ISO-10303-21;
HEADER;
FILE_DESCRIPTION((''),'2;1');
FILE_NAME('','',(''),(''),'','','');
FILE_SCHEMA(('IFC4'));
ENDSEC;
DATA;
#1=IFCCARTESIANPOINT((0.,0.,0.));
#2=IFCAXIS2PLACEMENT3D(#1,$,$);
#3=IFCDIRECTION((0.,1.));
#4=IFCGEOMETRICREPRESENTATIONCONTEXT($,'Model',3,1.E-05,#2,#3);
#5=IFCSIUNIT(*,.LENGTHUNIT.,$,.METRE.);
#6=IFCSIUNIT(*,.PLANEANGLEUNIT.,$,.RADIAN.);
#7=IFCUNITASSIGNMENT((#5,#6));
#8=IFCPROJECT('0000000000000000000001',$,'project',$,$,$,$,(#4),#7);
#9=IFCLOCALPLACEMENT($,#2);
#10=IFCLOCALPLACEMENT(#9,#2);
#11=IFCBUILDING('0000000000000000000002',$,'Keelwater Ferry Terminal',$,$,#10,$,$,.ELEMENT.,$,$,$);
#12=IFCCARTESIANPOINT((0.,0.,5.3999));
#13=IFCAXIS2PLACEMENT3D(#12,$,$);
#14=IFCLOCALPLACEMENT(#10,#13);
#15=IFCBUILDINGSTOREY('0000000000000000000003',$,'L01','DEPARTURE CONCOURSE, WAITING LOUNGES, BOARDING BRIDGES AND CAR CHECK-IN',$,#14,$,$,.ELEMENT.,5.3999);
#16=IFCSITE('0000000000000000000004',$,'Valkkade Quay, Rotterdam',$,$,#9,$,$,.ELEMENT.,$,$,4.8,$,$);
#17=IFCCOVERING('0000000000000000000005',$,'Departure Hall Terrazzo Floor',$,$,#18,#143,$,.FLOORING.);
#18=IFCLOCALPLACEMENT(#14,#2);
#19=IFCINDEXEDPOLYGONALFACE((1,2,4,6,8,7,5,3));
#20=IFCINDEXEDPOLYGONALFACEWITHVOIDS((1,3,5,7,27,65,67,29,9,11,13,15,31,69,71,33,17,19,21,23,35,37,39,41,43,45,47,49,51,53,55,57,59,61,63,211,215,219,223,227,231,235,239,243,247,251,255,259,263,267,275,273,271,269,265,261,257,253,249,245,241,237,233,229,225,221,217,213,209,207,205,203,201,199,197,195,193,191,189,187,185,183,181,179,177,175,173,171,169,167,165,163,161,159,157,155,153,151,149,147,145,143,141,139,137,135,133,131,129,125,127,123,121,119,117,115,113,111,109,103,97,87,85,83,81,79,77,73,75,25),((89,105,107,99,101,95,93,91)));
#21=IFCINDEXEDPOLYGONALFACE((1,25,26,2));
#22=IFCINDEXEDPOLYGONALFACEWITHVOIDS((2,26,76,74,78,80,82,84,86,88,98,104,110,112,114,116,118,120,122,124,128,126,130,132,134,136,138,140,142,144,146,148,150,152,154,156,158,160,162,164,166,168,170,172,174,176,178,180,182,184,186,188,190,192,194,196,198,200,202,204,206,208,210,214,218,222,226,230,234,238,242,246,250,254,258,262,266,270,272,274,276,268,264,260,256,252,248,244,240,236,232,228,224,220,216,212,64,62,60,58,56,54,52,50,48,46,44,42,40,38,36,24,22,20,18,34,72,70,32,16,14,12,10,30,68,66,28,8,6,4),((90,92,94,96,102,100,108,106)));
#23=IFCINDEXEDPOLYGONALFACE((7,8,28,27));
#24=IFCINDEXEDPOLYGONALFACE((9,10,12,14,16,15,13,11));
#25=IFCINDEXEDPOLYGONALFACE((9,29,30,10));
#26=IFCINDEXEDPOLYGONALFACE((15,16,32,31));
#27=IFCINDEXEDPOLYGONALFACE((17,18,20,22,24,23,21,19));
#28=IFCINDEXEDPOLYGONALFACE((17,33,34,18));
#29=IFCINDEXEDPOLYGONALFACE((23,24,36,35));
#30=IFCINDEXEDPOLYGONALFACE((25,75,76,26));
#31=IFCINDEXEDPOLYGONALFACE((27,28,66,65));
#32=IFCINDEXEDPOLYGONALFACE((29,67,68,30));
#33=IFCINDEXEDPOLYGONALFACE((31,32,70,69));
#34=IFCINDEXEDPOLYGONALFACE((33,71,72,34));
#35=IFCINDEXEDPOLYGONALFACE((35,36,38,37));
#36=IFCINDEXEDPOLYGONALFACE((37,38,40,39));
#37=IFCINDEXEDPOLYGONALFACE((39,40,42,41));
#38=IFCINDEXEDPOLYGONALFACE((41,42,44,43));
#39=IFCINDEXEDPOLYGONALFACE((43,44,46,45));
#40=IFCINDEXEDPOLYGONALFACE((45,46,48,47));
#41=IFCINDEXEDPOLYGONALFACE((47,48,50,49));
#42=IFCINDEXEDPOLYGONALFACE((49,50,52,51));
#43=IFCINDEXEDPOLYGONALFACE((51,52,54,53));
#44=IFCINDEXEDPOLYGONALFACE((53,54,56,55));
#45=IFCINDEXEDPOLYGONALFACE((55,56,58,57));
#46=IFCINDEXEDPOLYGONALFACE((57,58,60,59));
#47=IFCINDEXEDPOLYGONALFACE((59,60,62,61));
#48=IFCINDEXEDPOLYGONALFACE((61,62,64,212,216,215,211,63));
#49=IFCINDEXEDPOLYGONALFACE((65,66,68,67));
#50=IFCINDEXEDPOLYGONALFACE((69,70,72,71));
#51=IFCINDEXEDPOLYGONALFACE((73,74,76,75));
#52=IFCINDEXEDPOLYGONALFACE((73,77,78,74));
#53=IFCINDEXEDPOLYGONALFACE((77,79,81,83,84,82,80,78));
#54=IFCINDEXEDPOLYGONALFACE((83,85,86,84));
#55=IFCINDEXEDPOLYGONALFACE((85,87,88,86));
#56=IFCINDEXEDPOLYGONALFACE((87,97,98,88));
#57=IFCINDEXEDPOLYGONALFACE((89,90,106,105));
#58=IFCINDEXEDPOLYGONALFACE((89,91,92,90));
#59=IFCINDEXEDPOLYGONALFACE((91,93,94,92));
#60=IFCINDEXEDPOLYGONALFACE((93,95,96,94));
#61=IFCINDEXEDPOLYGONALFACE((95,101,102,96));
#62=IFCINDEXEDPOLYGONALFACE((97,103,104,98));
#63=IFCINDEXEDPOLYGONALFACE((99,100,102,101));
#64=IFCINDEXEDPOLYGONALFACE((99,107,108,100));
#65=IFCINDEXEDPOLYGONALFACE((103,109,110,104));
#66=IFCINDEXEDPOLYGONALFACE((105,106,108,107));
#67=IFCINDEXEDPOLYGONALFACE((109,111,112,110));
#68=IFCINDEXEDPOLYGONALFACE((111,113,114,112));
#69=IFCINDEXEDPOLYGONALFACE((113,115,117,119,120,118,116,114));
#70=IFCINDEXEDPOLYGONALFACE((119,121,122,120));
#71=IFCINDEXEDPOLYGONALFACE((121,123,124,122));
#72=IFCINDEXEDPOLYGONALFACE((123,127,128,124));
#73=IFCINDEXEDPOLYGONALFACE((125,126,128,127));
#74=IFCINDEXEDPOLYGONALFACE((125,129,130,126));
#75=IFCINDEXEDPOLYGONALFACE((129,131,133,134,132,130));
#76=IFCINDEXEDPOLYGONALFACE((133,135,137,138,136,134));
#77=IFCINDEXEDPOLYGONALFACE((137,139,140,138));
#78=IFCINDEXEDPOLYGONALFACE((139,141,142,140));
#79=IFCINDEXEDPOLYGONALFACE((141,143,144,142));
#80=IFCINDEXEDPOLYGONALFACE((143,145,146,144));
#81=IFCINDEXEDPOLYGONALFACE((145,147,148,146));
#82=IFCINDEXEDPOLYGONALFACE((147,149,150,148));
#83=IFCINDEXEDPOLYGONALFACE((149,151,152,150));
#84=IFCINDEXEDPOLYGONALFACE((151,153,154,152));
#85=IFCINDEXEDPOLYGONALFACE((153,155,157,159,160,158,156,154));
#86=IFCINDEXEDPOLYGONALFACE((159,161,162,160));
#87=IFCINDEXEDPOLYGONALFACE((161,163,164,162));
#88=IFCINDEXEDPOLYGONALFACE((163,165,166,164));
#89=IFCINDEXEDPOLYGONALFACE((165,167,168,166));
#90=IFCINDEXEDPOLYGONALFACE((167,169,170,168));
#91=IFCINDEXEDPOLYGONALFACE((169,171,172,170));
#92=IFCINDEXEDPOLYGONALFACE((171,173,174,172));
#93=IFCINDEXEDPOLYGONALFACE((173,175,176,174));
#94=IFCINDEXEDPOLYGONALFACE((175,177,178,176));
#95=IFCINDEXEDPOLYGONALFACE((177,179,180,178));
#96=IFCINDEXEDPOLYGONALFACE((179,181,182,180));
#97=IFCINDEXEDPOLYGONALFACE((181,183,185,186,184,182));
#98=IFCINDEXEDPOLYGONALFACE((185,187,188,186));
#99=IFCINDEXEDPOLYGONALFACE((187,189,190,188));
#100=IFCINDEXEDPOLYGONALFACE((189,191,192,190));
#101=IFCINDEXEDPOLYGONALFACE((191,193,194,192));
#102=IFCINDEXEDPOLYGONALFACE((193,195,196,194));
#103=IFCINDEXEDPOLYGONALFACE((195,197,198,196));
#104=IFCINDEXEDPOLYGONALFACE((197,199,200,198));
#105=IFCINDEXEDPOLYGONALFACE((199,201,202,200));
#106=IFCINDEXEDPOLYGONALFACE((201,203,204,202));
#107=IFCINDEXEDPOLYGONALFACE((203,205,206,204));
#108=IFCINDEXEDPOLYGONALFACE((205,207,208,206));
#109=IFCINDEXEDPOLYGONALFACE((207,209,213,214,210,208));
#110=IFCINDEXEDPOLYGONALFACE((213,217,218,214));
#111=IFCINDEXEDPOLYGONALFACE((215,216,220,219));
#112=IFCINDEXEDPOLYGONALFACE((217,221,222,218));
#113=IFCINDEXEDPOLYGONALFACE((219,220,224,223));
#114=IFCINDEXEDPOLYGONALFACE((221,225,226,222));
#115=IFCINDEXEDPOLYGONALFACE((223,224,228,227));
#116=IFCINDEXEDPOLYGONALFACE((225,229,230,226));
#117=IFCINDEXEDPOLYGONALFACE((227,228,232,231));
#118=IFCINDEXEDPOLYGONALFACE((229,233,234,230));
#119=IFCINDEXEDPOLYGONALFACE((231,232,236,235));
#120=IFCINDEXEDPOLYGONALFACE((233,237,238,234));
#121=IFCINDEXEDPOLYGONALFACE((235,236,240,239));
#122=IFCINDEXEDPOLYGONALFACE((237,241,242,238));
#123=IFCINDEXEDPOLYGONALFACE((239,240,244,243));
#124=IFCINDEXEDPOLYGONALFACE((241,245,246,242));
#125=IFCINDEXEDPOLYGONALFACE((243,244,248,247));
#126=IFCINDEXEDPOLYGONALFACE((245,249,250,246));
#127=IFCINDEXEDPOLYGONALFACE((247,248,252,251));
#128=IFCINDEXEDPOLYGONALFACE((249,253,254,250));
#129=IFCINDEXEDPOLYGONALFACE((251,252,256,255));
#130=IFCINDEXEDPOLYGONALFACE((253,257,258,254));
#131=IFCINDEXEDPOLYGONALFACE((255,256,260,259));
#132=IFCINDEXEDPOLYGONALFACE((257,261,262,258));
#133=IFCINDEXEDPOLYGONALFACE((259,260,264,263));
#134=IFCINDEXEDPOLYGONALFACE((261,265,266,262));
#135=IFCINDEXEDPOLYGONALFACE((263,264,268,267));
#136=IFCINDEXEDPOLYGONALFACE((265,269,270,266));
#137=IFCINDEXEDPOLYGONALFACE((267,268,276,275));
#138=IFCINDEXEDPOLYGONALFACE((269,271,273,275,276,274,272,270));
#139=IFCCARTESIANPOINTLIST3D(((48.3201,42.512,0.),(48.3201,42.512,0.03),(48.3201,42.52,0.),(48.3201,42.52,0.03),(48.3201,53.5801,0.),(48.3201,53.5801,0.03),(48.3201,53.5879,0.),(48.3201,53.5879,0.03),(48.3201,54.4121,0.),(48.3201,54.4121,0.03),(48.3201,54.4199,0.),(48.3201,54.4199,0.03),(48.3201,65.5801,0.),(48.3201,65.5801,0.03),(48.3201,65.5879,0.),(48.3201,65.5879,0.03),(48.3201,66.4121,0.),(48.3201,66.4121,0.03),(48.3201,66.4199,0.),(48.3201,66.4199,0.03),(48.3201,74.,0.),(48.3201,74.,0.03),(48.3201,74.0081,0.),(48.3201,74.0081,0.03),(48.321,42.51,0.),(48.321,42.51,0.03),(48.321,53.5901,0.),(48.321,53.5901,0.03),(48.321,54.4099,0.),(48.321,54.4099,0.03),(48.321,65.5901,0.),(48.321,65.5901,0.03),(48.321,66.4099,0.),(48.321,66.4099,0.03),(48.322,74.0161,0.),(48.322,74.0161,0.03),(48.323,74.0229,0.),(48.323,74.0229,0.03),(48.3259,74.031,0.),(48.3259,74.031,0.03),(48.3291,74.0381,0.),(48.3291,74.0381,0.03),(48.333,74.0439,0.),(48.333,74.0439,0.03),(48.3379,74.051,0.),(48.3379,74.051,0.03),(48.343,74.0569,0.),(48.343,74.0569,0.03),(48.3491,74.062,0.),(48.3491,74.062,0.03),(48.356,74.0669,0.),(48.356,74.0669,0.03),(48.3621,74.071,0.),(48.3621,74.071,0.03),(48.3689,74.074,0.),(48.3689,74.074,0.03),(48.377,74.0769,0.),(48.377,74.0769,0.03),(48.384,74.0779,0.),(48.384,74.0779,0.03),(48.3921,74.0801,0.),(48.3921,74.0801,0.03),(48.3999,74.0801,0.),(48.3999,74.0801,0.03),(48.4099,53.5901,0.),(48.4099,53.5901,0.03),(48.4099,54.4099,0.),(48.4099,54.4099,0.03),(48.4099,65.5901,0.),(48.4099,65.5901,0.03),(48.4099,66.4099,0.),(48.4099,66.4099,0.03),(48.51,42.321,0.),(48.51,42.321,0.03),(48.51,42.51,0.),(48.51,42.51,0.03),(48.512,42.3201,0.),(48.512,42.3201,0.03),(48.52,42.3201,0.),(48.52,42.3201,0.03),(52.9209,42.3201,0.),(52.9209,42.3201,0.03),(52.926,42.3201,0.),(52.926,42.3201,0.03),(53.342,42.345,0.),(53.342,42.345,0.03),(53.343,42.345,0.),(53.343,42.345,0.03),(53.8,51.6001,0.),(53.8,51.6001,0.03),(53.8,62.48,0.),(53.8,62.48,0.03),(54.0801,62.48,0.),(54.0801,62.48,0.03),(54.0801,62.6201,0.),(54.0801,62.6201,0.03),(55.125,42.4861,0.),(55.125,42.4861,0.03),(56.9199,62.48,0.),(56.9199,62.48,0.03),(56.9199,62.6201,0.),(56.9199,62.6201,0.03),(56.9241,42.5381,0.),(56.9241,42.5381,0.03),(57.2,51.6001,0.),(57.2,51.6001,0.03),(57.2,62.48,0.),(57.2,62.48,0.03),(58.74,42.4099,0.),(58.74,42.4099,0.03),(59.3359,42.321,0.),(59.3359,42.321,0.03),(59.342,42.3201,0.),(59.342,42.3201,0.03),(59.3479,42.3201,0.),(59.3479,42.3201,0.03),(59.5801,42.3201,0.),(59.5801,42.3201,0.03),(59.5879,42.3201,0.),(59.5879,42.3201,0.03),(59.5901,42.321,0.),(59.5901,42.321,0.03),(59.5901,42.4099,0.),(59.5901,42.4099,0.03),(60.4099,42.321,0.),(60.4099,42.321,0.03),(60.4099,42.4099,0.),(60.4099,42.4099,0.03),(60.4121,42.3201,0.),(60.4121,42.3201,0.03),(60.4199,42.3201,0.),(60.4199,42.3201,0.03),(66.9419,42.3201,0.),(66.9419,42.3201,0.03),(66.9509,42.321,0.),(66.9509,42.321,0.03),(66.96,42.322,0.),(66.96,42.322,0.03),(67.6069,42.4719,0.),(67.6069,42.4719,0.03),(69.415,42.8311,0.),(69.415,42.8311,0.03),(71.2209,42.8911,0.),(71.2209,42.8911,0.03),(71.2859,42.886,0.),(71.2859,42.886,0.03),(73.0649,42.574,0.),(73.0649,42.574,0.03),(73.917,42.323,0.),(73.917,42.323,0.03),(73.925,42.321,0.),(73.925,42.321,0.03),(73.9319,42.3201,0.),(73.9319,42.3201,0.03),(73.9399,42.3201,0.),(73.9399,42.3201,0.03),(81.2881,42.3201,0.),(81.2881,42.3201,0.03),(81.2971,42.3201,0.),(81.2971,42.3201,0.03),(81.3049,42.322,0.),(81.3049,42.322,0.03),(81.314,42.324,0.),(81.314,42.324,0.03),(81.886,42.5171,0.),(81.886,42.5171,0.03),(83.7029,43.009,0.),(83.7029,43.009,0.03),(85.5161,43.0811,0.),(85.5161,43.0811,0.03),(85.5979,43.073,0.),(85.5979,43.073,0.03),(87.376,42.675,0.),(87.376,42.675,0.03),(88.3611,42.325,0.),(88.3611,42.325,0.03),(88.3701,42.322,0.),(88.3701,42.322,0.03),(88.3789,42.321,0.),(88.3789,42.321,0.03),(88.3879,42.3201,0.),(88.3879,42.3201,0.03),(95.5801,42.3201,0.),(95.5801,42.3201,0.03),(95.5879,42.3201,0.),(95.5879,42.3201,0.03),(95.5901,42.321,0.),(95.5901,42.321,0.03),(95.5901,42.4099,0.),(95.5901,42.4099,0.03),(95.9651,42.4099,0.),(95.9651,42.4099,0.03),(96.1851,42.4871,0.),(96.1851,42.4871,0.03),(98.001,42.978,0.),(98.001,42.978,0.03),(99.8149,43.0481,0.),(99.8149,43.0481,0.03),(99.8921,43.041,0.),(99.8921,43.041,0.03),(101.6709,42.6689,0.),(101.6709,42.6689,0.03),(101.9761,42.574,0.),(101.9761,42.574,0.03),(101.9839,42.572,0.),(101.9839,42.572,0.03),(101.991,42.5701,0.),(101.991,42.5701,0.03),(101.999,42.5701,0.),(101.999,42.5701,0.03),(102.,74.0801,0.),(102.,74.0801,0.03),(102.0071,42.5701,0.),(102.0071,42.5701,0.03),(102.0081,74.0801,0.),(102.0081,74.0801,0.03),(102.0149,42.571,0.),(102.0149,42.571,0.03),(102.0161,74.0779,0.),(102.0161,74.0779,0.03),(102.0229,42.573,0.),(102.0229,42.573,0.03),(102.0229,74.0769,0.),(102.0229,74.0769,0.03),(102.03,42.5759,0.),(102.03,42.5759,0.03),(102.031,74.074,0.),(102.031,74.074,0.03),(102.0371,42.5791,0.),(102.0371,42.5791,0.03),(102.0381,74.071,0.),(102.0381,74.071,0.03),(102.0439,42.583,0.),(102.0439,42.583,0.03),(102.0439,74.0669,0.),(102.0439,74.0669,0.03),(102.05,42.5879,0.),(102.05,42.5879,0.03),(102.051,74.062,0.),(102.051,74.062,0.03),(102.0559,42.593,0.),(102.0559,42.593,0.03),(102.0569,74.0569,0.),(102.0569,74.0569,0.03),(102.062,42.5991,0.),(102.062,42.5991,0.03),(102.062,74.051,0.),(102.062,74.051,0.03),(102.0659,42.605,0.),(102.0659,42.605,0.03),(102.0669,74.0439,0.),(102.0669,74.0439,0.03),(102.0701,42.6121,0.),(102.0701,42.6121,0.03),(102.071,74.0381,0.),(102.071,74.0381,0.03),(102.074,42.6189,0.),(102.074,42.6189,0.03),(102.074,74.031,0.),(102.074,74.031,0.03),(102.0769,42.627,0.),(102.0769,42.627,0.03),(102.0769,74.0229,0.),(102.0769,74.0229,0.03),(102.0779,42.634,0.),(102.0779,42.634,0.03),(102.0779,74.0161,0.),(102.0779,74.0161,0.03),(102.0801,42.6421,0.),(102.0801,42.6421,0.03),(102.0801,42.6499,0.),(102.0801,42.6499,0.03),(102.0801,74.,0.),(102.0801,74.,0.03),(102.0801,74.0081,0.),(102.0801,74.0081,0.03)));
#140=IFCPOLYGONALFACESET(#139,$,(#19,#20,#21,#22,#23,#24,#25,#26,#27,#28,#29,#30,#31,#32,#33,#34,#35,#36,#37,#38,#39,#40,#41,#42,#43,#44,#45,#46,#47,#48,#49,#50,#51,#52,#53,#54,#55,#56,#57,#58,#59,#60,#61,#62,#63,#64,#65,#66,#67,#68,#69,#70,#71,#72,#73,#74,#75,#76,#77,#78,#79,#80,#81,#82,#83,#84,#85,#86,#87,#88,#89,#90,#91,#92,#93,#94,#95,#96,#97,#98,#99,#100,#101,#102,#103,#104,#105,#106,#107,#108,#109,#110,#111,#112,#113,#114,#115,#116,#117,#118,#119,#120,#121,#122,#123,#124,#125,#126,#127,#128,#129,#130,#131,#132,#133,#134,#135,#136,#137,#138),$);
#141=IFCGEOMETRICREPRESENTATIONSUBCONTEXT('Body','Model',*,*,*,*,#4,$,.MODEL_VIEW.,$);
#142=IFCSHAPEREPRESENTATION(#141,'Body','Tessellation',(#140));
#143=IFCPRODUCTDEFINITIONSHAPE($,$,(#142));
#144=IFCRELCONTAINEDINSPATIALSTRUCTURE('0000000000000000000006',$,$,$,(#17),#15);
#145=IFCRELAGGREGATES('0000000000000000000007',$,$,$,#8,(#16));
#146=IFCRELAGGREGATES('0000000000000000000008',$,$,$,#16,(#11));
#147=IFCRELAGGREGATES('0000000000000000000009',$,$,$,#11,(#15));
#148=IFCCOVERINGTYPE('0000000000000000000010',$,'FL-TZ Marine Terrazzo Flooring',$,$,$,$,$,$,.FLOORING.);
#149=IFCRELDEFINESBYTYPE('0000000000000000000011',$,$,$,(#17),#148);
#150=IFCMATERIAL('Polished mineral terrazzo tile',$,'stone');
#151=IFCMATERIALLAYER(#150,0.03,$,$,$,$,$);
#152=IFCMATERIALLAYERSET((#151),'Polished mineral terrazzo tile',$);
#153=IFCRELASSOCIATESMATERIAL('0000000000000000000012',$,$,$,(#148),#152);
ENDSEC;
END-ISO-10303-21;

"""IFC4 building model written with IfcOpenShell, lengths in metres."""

from ifc_helpers import new_model, si_unit, direction, frame, origin, place, context, subcontext, project, spatial, polyline, outline, extrude, material, layer, layer_set, type_object, element, save


model = new_model("IFC4")

# Units and contexts
model_context = context("Model", 3, precision=1e-05, world=origin(), true_north=direction((0.0, 1.0)))
body_context = subcontext(model_context, "Body", "Model", "MODEL_VIEW")
ifc_project = project(units=[si_unit("LENGTHUNIT", "METRE"), si_unit("PLANEANGLEUNIT", "RADIAN")], contexts=[model_context])

# Site, building, storey
site_placement = place(None, origin())
site = spatial("IfcSite", under=ifc_project, at=site_placement, Name="Valkkade Quay, Rotterdam", CompositionType="ELEMENT", RefElevation=4.8)
building_placement = place(site_placement, origin())
building = spatial("IfcBuilding", under=site, at=building_placement, Name="Keelwater Ferry Terminal", CompositionType="ELEMENT")
storey_placement = place(building_placement, frame((0.0, 0.0, 5.3999)))
storey = spatial("IfcBuildingStorey", under=building, at=storey_placement, Name="L01", Description="DEPARTURE CONCOURSE, WAITING LOUNGES, BOARDING BRIDGES AND CAR CHECK-IN", CompositionType="ELEMENT", Elevation=5.3999)

# Covering
ifc_material_1 = material(Name="Polished mineral terrazzo tile", Category="stone")
ifc_layer_1 = layer(ifc_material_1, 0.03)
ifc_layer_set_1 = layer_set([ifc_layer_1], Name="Polished mineral terrazzo tile")
covering_type_1 = type_object("IfcCoveringType", Name="FL-TZ Marine Terrazzo Flooring", PredefinedType="FLOORING", material=ifc_layer_set_1)
covering_1_placement = place(storey_placement, origin())
element("IfcCovering", 1, at=covering_1_placement, inside=storey, type_object=covering_type_1, Name="Departure Hall Terrazzo Floor", PredefinedType="FLOORING", context=body_context, shape_type="SweptSolid", body=[
    extrude(outline(polyline([(48.3201, 54.4121), (48.3201, 54.4199), (48.3201, 65.5801), (48.3201, 65.5879), (48.321, 65.5901), (48.4099, 65.5901), (48.4099, 66.4099), (48.321, 66.4099), (48.3201, 66.4121), (48.3201, 66.4199), (48.3201, 74.0), (48.3201, 74.0081), (48.322, 74.0161), (48.323, 74.0229), (48.3259, 74.031), (48.3291, 74.0381), (48.333, 74.0439), (48.3379, 74.051), (48.343, 74.0569), (48.3491, 74.062), (48.356, 74.0669), (48.3621, 74.071), (48.3689, 74.074), (48.377, 74.0769), (48.384, 74.0779), (48.3921, 74.0801), (48.3999, 74.0801), (102.0, 74.0801), (102.0081, 74.0801), (102.0161, 74.0779), (102.0229, 74.0769), (102.031, 74.074), (102.0381, 74.071), (102.0439, 74.0669), (102.051, 74.062), (102.0569, 74.0569), (102.062, 74.051), (102.0669, 74.0439), (102.071, 74.0381), (102.074, 74.031), (102.0769, 74.0229), (102.0779, 74.0161), (102.0801, 74.0081), (102.0801, 74.0), (102.0801, 42.6499), (102.0801, 42.6421), (102.0779, 42.634), (102.0769, 42.627), (102.074, 42.6189), (102.0701, 42.6121), (102.0659, 42.605), (102.062, 42.5991), (102.0559, 42.593), (102.05, 42.5879), (102.0439, 42.583), (102.0371, 42.5791), (102.03, 42.5759), (102.0229, 42.573), (102.0149, 42.571), (102.0071, 42.5701), (101.999, 42.5701), (101.991, 42.5701), (101.9839, 42.572), (101.9761, 42.574), (101.6709, 42.6689), (99.8921, 43.041), (99.8149, 43.0481), (98.001, 42.978), (96.1851, 42.4871), (95.9651, 42.4099), (95.5901, 42.4099), (95.5901, 42.321), (95.5879, 42.3201), (95.5801, 42.3201), (88.3879, 42.3201), (88.3789, 42.321), (88.3701, 42.322), (88.3611, 42.325), (87.376, 42.675), (85.5979, 43.073), (85.5161, 43.0811), (83.7029, 43.009), (81.886, 42.5171), (81.314, 42.324), (81.3049, 42.322), (81.2971, 42.3201), (81.2881, 42.3201), (73.9399, 42.3201), (73.9319, 42.3201), (73.925, 42.321), (73.917, 42.323), (73.0649, 42.574), (71.2859, 42.886), (71.2209, 42.8911), (69.415, 42.8311), (67.6069, 42.4719), (66.96, 42.322), (66.9509, 42.321), (66.9419, 42.3201), (60.4199, 42.3201), (60.4121, 42.3201), (60.4099, 42.321), (60.4099, 42.4099), (59.5901, 42.4099), (59.5901, 42.321), (59.5879, 42.3201), (59.5801, 42.3201), (59.3479, 42.3201), (59.342, 42.3201), (59.3359, 42.321), (58.74, 42.4099), (56.9241, 42.5381), (55.125, 42.4861), (53.343, 42.345), (53.342, 42.345), (52.926, 42.3201), (52.9209, 42.3201), (48.52, 42.3201), (48.512, 42.3201), (48.51, 42.321), (48.51, 42.51), (48.321, 42.51), (48.3201, 42.512), (48.3201, 42.52), (48.3201, 53.5801), (48.3201, 53.5879), (48.321, 53.5901), (48.4099, 53.5901), (48.4099, 54.4099), (48.321, 54.4099), (48.3201, 54.4121)]), holes=[polyline([(54.0801, 62.6201), (54.0801, 62.48), (53.8, 62.48), (53.8, 51.6001), (57.2, 51.6001), (57.2, 62.48), (56.9199, 62.48), (56.9199, 62.6201), (54.0801, 62.6201)])]), origin(), (0.0, 0.0, 1.0), 0.03),
])

save(model, "model.ifc")
